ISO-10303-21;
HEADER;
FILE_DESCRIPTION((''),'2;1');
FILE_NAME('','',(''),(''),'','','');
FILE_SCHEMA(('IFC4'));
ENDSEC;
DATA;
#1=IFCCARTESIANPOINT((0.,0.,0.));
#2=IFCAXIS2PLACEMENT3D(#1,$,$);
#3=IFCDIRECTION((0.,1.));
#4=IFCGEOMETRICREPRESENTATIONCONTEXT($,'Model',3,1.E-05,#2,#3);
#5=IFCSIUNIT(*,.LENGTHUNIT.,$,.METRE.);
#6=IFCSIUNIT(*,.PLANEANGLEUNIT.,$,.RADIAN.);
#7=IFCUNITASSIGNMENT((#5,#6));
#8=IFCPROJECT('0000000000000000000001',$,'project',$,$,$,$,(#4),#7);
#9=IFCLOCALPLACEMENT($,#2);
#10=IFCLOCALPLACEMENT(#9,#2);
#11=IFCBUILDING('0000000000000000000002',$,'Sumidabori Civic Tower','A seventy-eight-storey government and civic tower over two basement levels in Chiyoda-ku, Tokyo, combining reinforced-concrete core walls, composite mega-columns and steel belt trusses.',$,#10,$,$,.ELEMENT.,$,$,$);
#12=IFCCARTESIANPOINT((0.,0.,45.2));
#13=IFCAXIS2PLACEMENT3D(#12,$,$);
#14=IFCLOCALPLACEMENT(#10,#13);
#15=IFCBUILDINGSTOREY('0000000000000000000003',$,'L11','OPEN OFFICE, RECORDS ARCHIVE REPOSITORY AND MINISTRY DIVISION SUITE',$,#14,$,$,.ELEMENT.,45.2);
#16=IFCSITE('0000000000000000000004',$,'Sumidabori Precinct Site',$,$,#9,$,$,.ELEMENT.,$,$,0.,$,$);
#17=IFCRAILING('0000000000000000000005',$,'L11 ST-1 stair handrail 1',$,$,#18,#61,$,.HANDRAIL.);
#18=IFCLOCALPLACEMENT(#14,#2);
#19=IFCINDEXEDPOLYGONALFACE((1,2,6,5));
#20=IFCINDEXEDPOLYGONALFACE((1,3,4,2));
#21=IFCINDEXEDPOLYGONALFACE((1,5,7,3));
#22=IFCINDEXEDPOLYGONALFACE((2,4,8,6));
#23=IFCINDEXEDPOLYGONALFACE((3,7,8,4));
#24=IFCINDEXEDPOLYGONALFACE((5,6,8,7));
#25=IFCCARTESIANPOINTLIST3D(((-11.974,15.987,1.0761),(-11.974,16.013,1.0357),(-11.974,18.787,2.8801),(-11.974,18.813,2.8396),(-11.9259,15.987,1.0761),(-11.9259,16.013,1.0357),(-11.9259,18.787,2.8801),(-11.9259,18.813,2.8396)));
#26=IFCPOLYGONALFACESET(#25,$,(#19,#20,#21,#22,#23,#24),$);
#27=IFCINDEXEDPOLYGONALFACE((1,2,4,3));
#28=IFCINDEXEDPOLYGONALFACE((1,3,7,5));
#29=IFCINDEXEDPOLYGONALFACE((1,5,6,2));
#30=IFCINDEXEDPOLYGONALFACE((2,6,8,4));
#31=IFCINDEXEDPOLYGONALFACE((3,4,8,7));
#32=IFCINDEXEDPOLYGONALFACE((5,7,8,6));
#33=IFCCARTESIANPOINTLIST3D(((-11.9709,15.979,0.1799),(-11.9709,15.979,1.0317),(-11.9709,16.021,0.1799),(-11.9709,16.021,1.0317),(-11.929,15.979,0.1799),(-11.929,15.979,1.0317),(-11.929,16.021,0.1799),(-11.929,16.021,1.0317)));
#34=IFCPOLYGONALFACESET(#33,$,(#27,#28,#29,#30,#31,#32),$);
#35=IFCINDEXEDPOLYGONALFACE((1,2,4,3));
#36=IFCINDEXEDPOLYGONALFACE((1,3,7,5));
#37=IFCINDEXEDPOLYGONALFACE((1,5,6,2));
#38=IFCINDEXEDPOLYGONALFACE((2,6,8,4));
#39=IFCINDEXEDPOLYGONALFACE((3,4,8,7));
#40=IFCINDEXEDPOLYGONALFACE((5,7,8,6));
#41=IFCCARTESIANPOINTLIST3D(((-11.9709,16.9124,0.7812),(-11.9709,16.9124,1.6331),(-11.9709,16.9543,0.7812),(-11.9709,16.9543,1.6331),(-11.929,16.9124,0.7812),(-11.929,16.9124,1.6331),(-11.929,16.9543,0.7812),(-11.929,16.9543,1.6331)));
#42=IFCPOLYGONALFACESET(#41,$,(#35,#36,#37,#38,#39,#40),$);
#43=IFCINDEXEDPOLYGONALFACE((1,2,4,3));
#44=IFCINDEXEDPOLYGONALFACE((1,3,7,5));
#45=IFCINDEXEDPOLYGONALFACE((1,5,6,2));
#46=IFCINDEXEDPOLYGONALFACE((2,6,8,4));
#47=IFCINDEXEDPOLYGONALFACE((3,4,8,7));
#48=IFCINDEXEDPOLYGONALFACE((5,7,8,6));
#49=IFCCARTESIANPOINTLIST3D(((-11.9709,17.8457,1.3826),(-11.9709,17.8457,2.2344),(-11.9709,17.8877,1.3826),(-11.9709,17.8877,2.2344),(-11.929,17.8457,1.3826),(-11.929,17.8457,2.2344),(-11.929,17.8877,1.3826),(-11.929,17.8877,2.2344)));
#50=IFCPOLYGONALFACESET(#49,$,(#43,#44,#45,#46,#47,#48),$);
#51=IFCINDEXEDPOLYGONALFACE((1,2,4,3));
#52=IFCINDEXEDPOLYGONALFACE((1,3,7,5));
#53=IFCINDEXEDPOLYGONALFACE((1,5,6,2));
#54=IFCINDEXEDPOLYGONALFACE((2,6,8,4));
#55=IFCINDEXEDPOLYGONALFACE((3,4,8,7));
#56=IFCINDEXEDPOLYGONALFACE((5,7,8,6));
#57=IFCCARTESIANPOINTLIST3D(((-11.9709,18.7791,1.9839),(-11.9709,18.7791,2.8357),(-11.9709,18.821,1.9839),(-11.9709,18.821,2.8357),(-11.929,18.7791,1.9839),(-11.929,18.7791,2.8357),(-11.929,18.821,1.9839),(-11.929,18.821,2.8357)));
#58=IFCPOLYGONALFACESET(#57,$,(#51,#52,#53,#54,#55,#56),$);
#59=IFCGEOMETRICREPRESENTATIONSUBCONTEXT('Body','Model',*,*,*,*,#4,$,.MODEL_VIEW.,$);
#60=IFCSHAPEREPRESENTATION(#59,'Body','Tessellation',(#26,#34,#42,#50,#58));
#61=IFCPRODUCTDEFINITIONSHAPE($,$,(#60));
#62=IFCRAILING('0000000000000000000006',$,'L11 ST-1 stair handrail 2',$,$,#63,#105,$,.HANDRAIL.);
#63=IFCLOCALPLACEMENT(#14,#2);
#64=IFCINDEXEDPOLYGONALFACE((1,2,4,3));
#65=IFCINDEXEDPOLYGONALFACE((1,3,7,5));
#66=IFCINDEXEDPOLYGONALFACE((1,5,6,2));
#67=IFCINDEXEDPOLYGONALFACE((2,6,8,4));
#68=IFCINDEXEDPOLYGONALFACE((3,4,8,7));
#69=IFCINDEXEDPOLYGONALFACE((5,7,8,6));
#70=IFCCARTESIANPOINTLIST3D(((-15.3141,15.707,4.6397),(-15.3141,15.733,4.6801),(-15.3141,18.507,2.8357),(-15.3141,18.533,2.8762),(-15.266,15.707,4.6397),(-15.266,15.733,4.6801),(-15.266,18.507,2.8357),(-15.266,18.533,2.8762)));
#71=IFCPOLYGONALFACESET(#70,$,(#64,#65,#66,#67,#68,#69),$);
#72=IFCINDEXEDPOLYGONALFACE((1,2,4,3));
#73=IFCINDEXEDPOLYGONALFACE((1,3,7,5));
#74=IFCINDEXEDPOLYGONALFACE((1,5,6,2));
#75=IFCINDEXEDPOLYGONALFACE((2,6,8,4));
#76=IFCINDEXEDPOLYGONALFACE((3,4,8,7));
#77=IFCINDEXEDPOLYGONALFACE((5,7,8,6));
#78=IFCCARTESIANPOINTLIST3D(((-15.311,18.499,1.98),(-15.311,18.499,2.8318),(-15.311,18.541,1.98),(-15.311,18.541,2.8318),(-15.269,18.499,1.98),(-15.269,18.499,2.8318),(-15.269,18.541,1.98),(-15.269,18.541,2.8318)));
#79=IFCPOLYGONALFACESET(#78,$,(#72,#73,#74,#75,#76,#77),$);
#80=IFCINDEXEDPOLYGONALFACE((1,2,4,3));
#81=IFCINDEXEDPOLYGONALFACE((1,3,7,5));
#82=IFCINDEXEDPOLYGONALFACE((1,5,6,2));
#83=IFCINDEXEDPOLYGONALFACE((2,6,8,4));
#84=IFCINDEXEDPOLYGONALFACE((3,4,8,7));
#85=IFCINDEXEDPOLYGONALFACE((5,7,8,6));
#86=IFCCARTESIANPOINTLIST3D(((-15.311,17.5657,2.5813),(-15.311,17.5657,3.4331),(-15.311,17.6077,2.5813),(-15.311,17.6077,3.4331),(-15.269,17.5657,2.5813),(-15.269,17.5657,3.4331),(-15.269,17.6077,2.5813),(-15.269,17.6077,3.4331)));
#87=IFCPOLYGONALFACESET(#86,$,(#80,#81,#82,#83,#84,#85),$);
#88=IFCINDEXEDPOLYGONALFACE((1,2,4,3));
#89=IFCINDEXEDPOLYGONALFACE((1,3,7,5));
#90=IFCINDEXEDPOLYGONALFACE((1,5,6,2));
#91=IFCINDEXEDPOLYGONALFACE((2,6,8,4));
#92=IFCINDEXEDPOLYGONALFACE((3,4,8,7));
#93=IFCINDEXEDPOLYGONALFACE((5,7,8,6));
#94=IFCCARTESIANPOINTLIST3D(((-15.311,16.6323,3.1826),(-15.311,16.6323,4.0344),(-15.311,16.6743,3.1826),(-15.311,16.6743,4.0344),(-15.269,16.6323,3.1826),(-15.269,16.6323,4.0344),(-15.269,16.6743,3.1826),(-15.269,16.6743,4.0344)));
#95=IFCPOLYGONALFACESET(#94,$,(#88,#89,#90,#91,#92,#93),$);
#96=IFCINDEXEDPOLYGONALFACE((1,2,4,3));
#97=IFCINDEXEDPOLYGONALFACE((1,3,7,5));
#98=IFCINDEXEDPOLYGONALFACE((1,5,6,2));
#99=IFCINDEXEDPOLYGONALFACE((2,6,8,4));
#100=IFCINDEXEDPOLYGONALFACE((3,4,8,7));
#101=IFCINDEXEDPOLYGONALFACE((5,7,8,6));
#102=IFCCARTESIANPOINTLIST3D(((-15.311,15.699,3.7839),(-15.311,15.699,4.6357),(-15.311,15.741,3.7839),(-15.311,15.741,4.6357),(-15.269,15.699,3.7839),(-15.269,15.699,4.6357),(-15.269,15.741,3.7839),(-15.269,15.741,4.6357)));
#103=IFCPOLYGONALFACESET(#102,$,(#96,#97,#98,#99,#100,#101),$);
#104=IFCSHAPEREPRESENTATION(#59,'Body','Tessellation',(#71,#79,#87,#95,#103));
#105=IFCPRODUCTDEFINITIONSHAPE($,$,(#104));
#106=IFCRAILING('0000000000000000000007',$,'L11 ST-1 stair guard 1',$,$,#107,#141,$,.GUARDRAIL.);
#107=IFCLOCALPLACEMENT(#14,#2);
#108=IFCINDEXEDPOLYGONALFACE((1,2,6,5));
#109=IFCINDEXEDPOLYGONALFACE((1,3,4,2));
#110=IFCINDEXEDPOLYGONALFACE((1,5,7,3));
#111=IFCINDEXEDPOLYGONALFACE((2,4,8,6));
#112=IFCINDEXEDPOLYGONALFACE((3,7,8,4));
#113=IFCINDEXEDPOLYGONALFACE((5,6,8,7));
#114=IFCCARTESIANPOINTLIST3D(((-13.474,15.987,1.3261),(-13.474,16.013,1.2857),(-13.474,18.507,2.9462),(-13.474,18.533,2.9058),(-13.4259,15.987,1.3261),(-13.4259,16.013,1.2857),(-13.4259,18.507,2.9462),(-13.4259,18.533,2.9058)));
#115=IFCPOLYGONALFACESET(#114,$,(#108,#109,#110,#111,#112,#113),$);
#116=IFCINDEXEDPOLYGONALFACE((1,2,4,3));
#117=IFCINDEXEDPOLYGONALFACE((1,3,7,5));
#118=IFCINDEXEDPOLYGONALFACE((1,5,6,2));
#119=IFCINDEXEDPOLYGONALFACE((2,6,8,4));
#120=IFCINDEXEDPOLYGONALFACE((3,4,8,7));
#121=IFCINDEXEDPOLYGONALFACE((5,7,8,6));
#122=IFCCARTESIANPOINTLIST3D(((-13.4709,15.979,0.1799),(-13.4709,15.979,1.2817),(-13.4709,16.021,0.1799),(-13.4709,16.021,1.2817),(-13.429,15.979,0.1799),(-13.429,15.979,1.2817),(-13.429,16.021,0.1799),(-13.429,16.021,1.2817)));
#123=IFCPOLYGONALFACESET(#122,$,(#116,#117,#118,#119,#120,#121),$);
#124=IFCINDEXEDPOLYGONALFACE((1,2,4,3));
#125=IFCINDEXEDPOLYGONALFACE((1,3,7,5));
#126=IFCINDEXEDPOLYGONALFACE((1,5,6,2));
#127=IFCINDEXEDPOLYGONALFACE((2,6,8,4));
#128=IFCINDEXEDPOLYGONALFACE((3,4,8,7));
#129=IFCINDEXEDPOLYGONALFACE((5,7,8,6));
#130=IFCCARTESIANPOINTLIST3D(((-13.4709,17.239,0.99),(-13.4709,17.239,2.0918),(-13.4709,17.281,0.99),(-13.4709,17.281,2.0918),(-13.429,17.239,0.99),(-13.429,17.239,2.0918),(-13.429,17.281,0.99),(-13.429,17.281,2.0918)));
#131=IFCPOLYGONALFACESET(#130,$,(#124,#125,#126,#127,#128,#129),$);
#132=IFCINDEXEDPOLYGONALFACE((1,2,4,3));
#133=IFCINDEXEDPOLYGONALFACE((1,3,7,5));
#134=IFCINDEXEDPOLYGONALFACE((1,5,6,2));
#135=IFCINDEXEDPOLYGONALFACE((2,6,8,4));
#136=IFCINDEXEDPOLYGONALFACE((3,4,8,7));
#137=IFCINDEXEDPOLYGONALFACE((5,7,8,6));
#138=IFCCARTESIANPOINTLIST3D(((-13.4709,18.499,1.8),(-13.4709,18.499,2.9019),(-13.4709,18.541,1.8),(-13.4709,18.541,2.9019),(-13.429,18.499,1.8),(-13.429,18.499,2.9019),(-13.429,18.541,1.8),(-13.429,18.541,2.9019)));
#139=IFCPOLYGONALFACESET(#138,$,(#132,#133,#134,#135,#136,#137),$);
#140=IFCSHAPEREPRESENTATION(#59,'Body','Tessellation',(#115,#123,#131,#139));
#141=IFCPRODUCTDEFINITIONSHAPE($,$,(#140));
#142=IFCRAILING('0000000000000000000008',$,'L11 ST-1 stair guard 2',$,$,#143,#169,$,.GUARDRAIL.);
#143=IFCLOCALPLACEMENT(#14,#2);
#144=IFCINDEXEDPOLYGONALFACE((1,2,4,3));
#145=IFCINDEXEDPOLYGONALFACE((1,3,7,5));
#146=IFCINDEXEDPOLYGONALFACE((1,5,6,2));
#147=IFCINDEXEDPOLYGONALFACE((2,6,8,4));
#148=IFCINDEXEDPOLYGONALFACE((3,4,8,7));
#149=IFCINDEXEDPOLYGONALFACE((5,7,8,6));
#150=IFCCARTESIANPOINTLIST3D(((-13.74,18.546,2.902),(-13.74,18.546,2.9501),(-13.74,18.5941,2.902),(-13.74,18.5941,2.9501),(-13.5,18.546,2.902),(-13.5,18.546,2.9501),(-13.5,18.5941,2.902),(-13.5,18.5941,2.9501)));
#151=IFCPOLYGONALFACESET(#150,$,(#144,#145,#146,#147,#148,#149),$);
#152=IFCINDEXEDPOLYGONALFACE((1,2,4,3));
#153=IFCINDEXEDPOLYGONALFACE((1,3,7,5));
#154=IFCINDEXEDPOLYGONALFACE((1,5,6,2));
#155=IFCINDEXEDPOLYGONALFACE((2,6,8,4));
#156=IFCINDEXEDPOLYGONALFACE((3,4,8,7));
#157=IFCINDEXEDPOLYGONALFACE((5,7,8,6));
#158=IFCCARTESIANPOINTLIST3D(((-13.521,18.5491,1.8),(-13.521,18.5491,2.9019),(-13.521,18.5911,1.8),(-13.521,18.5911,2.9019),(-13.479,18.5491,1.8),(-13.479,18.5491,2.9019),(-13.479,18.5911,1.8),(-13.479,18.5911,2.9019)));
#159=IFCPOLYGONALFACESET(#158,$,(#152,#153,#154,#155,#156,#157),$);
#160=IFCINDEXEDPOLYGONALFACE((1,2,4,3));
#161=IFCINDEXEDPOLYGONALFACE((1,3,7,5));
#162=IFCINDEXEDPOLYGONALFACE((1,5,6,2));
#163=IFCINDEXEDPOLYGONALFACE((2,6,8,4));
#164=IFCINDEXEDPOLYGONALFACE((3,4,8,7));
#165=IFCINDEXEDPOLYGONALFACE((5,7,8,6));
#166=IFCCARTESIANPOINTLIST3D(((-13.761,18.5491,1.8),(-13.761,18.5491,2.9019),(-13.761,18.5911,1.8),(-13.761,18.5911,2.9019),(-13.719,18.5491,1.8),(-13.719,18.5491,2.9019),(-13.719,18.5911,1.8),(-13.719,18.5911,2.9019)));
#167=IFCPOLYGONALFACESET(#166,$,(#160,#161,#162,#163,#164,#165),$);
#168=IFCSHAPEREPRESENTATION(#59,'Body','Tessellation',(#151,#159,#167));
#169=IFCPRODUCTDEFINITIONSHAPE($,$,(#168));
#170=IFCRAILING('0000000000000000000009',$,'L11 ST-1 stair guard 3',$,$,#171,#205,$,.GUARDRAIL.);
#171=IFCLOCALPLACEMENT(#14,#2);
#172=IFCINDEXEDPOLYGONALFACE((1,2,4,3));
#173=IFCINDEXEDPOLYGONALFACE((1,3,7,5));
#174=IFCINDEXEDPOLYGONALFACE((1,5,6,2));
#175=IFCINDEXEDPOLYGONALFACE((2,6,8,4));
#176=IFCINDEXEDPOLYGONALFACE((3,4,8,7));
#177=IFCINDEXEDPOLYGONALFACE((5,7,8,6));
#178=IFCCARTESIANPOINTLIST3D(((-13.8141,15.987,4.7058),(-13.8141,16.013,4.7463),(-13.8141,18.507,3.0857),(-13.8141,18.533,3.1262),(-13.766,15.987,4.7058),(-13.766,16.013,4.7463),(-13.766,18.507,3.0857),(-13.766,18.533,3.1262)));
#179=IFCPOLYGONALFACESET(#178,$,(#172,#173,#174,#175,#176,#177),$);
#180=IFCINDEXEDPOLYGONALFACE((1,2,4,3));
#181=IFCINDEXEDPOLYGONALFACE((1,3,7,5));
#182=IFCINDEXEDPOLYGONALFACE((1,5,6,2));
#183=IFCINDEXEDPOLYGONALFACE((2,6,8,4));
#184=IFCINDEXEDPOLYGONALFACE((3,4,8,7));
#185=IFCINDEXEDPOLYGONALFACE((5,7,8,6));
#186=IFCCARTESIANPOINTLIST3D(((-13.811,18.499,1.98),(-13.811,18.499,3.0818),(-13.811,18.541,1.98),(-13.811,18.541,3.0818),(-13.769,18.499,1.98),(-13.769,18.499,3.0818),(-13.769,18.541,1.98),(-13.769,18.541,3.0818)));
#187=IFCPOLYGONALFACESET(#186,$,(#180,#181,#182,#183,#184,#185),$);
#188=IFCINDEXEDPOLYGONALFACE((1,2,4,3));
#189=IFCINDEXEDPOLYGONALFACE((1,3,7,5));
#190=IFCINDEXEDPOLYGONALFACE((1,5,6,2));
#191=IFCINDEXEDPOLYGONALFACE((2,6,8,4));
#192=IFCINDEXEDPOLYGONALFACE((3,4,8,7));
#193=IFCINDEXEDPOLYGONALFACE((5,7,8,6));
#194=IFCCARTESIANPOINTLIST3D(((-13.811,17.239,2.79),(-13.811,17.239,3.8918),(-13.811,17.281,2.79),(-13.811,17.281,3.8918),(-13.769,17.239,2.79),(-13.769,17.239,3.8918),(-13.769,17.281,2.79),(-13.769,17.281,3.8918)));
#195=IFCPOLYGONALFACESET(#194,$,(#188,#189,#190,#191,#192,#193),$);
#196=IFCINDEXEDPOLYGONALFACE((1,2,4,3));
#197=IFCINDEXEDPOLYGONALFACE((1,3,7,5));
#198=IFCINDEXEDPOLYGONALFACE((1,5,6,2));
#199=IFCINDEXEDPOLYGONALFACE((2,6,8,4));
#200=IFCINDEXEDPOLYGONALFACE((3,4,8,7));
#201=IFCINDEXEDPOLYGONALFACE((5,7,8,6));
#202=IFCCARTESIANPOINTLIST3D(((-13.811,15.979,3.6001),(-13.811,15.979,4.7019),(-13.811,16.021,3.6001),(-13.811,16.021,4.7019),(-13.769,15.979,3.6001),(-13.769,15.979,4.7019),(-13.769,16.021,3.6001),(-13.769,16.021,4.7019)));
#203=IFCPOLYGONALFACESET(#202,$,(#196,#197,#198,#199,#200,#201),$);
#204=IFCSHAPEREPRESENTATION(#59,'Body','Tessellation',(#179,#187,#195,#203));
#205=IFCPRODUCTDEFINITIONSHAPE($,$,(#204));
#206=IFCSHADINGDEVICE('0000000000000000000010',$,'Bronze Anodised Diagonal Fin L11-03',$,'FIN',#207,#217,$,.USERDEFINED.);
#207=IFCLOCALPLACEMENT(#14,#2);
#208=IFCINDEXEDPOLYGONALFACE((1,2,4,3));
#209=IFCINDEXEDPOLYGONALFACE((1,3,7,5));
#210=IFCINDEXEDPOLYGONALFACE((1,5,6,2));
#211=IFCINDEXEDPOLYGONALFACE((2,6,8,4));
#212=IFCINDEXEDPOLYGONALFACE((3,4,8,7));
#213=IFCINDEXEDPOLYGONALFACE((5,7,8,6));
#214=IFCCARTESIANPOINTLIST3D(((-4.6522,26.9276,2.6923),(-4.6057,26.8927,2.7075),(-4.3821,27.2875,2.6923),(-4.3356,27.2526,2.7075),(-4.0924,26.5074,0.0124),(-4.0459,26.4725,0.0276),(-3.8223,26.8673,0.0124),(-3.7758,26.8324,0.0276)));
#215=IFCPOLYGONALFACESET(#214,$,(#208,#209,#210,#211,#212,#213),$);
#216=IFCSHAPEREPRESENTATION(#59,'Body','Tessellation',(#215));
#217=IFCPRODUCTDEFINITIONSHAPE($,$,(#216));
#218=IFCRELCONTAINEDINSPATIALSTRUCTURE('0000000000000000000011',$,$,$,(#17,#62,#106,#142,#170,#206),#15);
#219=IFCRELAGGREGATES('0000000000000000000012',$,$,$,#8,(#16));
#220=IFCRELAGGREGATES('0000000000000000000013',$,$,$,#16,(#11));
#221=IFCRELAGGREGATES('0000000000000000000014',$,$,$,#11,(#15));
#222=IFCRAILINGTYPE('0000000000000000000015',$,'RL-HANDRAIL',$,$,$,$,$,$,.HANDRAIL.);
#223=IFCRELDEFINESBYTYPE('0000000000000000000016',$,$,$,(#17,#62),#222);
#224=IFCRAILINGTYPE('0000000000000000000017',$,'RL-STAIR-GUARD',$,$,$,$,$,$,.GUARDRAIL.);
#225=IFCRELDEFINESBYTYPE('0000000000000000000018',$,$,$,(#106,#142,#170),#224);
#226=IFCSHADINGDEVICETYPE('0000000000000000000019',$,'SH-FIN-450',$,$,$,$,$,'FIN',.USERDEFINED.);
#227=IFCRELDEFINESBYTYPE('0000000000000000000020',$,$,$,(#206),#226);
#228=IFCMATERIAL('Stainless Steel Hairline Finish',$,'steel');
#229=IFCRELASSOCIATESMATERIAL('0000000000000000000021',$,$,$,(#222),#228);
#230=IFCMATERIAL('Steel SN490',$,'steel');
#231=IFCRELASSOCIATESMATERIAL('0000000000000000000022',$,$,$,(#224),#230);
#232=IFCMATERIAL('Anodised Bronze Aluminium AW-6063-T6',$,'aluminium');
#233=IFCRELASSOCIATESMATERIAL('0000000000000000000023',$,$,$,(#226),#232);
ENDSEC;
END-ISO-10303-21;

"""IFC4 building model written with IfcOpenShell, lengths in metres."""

from ifc_helpers import new_model, si_unit, direction, frame, origin, origin_2d, place, context, subcontext, project, spatial, rectangle, extrude, source, transform, mapped, material, material_profile, profile_set, type_object, element, save


model = new_model("IFC4")

# Units and contexts
model_context = context("Model", 3, precision=1e-05, world=origin(), true_north=direction((0.0, 1.0)))
body_context = subcontext(model_context, "Body", "Model", "MODEL_VIEW")
ifc_project = project(units=[si_unit("LENGTHUNIT", "METRE"), si_unit("PLANEANGLEUNIT", "RADIAN")], contexts=[model_context])

# Site, building, storey
site_placement = place(None, origin())
site = spatial("IfcSite", under=ifc_project, at=site_placement, Name="Sumidabori Precinct Site", CompositionType="ELEMENT", RefElevation=0.0)
building_placement = place(site_placement, origin())
building = spatial("IfcBuilding", under=site, at=building_placement, Name="Sumidabori Civic Tower", Description="A seventy-eight-storey government and civic tower over two basement levels in Chiyoda-ku, Tokyo, combining reinforced-concrete core walls, composite mega-columns and steel belt trusses.", CompositionType="ELEMENT")
storey_placement = place(building_placement, frame((0.0, 0.0, 45.2)))
storey = spatial("IfcBuildingStorey", under=building, at=storey_placement, Name="L11", Description="OPEN OFFICE, RECORDS ARCHIVE REPOSITORY AND MINISTRY DIVISION SUITE", CompositionType="ELEMENT", Elevation=45.2)

# Shared definitions
ifc_material_1 = material(Name="Steel SN490", Category="steel")

# Shared definitions
ifc_material_2 = material(Name="Anodised Bronze Aluminium AW-6063-T6", Category="aluminium")

# Railings
ifc_material_3 = material(Name="Stainless Steel Hairline Finish", Category="steel")
railing_type_1 = type_object("IfcRailingType", Name="RL-HANDRAIL", PredefinedType="HANDRAIL", material=ifc_material_3)
railing_1_placement = place(storey_placement, frame((-11.95, 16.0, 0.1799)))
element("IfcRailing", 1, at=railing_1_placement, inside=storey, type_object=railing_type_1, Name="L11 ST-1 stair handrail 1", PredefinedType="HANDRAIL", context=body_context, shape_type="SweptSolid", body=[
    extrude(rectangle(XDim=0.0481, YDim=0.0481, at=origin_2d()), frame((0.0, 0.0, 0.876), z_axis=(0.0, 0.840642, 0.541591), x_axis=(-1.0, 0.0, 0.0)), (0.0, 0.0, 1.0), 3.3308),
    extrude(rectangle(XDim=0.042, YDim=0.042, at=origin_2d()), origin(), (0.0, 0.0, 1.0), 0.8518),
    extrude(rectangle(XDim=0.042, YDim=0.042, at=origin_2d()), frame((0.0, 0.9333, 0.6013)), (0.0, 0.0, 1.0), 0.8518),
    extrude(rectangle(XDim=0.042, YDim=0.042, at=origin_2d()), frame((0.0, 1.8667, 1.2026)), (0.0, 0.0, 1.0), 0.8518),
    extrude(rectangle(XDim=0.042, YDim=0.042, at=origin_2d()), frame((0.0, 2.8, 1.804)), (0.0, 0.0, 1.0), 0.8518),
])
railing_2_placement = place(storey_placement, frame((-15.29, 18.52, 1.98)))
element("IfcRailing", 2, at=railing_2_placement, inside=storey, type_object=railing_type_1, Name="L11 ST-1 stair handrail 2", PredefinedType="HANDRAIL", context=body_context, shape_type="SweptSolid", body=[
    extrude(rectangle(XDim=0.0481, YDim=0.0481, at=origin_2d()), frame((0.0, 0.0, 0.876), z_axis=(0.0, -0.840642, 0.541591), x_axis=(1.0, 0.0, 0.0)), (0.0, 0.0, 1.0), 3.3308),
    extrude(rectangle(XDim=0.042, YDim=0.042, at=origin_2d()), origin(), (0.0, 0.0, 1.0), 0.8518),
    extrude(rectangle(XDim=0.042, YDim=0.042, at=origin_2d()), frame((0.0, -0.9333, 0.6013)), (0.0, 0.0, 1.0), 0.8518),
    extrude(rectangle(XDim=0.042, YDim=0.042, at=origin_2d()), frame((0.0, -1.8667, 1.2026)), (0.0, 0.0, 1.0), 0.8518),
    extrude(rectangle(XDim=0.042, YDim=0.042, at=origin_2d()), frame((0.0, -2.8, 1.804)), (0.0, 0.0, 1.0), 0.8518),
])
railing_type_2 = type_object("IfcRailingType", Name="RL-STAIR-GUARD", PredefinedType="GUARDRAIL", material=ifc_material_1)
railing_3_placement = place(storey_placement, frame((-13.45, 16.0, 0.1799)))
element("IfcRailing", 3, at=railing_3_placement, inside=storey, type_object=railing_type_2, Name="L11 ST-1 stair guard 1", PredefinedType="GUARDRAIL", context=body_context, shape_type="SweptSolid", body=[
    extrude(rectangle(XDim=0.0481, YDim=0.0481, at=origin_2d()), frame((0.0, 0.0, 1.126), z_axis=(0.0, 0.841163, 0.540782), x_axis=(-1.0, 0.0, 0.0)), (0.0, 0.0, 1.0), 2.9958),
    extrude(rectangle(XDim=0.042, YDim=0.042, at=origin_2d()), origin(), (0.0, 0.0, 1.0), 1.1018),
    extrude(rectangle(XDim=0.042, YDim=0.042, at=origin_2d()), frame((0.0, 1.26, 0.8101)), (0.0, 0.0, 1.0), 1.1018),
    extrude(rectangle(XDim=0.042, YDim=0.042, at=origin_2d()), frame((0.0, 2.52, 1.6201)), (0.0, 0.0, 1.0), 1.1018),
])
railing_4_placement = place(storey_placement, frame((-13.5, 18.5701, 1.8)))
element("IfcRailing", 4, at=railing_4_placement, inside=storey, type_object=railing_type_2, Name="L11 ST-1 stair guard 2", PredefinedType="GUARDRAIL", context=body_context, shape_type="SweptSolid", body=[
    extrude(rectangle(XDim=0.0481, YDim=0.0481, at=origin_2d()), frame((0.0, 0.0, 1.126), z_axis=(-1.0, 0.0, 0.0), x_axis=(0.0, -1.0, 0.0)), (0.0, 0.0, 1.0), 0.24),
    extrude(rectangle(XDim=0.042, YDim=0.042, at=origin_2d()), origin(), (0.0, 0.0, 1.0), 1.1018),
    extrude(rectangle(XDim=0.042, YDim=0.042, at=origin_2d()), frame((-0.24, 0.0, 0.0)), (0.0, 0.0, 1.0), 1.1018),
])
railing_5_placement = place(storey_placement, frame((-13.79, 18.52, 1.98)))
element("IfcRailing", 5, at=railing_5_placement, inside=storey, type_object=railing_type_2, Name="L11 ST-1 stair guard 3", PredefinedType="GUARDRAIL", context=body_context, shape_type="SweptSolid", body=[
    extrude(rectangle(XDim=0.0481, YDim=0.0481, at=origin_2d()), frame((0.0, 0.0, 1.126), z_axis=(0.0, -0.841163, 0.540782), x_axis=(1.0, 0.0, 0.0)), (0.0, 0.0, 1.0), 2.9958),
    extrude(rectangle(XDim=0.042, YDim=0.042, at=origin_2d()), origin(), (0.0, 0.0, 1.0), 1.1018),
    extrude(rectangle(XDim=0.042, YDim=0.042, at=origin_2d()), frame((0.0, -1.26, 0.8101)), (0.0, 0.0, 1.0), 1.1018),
    extrude(rectangle(XDim=0.042, YDim=0.042, at=origin_2d()), frame((0.0, -2.52, 1.6201)), (0.0, 0.0, 1.0), 1.1018),
])

# Shading device
ifc_material_profile_1 = material_profile(ifc_material_2, rectangle(XDim=0.0601, YDim=0.45, at=origin_2d()), Name="BRONZE FIN 450x60")
ifc_profile_set_1 = profile_set([ifc_material_profile_1], Name="Anodised Bronze Aluminium AW-6063-T6")
shading_device_type = type_object("IfcShadingDeviceType", Name="SH-FIN-450", ElementType="FIN", PredefinedType="USERDEFINED", material=ifc_profile_set_1)
shared_shape_1 = source(origin(), body_context, "Body", "SweptSolid", [
    extrude(rectangle(XDim=0.0601, YDim=0.45, at=origin_2d()), origin(), (0.0, 0.0, 1.0), 2.7698),
])
shading_device_placement = place(storey_placement, frame((-3.9341, 26.6699, 0.02), z_axis=(-0.202111, 0.151694, 0.967543), x_axis=(0.773832, -0.580796, 0.252705)))
element("IfcShadingDevice", 6, at=shading_device_placement, inside=storey, type_object=shading_device_type, Name="Bronze Anodised Diagonal Fin L11-03", ObjectType="FIN", PredefinedType="USERDEFINED", context=body_context, shape_type="MappedRepresentation", body=[
    mapped(shared_shape_1, transform((0.0, 0.0, 0.0), x_axis=(1.0, 0.0, 0.0), y_axis=(0.0, 1.0, 0.0), z_axis=(0.0, 0.0, 1.0), scale=1.0)),
])

save(model, "model.ifc")
